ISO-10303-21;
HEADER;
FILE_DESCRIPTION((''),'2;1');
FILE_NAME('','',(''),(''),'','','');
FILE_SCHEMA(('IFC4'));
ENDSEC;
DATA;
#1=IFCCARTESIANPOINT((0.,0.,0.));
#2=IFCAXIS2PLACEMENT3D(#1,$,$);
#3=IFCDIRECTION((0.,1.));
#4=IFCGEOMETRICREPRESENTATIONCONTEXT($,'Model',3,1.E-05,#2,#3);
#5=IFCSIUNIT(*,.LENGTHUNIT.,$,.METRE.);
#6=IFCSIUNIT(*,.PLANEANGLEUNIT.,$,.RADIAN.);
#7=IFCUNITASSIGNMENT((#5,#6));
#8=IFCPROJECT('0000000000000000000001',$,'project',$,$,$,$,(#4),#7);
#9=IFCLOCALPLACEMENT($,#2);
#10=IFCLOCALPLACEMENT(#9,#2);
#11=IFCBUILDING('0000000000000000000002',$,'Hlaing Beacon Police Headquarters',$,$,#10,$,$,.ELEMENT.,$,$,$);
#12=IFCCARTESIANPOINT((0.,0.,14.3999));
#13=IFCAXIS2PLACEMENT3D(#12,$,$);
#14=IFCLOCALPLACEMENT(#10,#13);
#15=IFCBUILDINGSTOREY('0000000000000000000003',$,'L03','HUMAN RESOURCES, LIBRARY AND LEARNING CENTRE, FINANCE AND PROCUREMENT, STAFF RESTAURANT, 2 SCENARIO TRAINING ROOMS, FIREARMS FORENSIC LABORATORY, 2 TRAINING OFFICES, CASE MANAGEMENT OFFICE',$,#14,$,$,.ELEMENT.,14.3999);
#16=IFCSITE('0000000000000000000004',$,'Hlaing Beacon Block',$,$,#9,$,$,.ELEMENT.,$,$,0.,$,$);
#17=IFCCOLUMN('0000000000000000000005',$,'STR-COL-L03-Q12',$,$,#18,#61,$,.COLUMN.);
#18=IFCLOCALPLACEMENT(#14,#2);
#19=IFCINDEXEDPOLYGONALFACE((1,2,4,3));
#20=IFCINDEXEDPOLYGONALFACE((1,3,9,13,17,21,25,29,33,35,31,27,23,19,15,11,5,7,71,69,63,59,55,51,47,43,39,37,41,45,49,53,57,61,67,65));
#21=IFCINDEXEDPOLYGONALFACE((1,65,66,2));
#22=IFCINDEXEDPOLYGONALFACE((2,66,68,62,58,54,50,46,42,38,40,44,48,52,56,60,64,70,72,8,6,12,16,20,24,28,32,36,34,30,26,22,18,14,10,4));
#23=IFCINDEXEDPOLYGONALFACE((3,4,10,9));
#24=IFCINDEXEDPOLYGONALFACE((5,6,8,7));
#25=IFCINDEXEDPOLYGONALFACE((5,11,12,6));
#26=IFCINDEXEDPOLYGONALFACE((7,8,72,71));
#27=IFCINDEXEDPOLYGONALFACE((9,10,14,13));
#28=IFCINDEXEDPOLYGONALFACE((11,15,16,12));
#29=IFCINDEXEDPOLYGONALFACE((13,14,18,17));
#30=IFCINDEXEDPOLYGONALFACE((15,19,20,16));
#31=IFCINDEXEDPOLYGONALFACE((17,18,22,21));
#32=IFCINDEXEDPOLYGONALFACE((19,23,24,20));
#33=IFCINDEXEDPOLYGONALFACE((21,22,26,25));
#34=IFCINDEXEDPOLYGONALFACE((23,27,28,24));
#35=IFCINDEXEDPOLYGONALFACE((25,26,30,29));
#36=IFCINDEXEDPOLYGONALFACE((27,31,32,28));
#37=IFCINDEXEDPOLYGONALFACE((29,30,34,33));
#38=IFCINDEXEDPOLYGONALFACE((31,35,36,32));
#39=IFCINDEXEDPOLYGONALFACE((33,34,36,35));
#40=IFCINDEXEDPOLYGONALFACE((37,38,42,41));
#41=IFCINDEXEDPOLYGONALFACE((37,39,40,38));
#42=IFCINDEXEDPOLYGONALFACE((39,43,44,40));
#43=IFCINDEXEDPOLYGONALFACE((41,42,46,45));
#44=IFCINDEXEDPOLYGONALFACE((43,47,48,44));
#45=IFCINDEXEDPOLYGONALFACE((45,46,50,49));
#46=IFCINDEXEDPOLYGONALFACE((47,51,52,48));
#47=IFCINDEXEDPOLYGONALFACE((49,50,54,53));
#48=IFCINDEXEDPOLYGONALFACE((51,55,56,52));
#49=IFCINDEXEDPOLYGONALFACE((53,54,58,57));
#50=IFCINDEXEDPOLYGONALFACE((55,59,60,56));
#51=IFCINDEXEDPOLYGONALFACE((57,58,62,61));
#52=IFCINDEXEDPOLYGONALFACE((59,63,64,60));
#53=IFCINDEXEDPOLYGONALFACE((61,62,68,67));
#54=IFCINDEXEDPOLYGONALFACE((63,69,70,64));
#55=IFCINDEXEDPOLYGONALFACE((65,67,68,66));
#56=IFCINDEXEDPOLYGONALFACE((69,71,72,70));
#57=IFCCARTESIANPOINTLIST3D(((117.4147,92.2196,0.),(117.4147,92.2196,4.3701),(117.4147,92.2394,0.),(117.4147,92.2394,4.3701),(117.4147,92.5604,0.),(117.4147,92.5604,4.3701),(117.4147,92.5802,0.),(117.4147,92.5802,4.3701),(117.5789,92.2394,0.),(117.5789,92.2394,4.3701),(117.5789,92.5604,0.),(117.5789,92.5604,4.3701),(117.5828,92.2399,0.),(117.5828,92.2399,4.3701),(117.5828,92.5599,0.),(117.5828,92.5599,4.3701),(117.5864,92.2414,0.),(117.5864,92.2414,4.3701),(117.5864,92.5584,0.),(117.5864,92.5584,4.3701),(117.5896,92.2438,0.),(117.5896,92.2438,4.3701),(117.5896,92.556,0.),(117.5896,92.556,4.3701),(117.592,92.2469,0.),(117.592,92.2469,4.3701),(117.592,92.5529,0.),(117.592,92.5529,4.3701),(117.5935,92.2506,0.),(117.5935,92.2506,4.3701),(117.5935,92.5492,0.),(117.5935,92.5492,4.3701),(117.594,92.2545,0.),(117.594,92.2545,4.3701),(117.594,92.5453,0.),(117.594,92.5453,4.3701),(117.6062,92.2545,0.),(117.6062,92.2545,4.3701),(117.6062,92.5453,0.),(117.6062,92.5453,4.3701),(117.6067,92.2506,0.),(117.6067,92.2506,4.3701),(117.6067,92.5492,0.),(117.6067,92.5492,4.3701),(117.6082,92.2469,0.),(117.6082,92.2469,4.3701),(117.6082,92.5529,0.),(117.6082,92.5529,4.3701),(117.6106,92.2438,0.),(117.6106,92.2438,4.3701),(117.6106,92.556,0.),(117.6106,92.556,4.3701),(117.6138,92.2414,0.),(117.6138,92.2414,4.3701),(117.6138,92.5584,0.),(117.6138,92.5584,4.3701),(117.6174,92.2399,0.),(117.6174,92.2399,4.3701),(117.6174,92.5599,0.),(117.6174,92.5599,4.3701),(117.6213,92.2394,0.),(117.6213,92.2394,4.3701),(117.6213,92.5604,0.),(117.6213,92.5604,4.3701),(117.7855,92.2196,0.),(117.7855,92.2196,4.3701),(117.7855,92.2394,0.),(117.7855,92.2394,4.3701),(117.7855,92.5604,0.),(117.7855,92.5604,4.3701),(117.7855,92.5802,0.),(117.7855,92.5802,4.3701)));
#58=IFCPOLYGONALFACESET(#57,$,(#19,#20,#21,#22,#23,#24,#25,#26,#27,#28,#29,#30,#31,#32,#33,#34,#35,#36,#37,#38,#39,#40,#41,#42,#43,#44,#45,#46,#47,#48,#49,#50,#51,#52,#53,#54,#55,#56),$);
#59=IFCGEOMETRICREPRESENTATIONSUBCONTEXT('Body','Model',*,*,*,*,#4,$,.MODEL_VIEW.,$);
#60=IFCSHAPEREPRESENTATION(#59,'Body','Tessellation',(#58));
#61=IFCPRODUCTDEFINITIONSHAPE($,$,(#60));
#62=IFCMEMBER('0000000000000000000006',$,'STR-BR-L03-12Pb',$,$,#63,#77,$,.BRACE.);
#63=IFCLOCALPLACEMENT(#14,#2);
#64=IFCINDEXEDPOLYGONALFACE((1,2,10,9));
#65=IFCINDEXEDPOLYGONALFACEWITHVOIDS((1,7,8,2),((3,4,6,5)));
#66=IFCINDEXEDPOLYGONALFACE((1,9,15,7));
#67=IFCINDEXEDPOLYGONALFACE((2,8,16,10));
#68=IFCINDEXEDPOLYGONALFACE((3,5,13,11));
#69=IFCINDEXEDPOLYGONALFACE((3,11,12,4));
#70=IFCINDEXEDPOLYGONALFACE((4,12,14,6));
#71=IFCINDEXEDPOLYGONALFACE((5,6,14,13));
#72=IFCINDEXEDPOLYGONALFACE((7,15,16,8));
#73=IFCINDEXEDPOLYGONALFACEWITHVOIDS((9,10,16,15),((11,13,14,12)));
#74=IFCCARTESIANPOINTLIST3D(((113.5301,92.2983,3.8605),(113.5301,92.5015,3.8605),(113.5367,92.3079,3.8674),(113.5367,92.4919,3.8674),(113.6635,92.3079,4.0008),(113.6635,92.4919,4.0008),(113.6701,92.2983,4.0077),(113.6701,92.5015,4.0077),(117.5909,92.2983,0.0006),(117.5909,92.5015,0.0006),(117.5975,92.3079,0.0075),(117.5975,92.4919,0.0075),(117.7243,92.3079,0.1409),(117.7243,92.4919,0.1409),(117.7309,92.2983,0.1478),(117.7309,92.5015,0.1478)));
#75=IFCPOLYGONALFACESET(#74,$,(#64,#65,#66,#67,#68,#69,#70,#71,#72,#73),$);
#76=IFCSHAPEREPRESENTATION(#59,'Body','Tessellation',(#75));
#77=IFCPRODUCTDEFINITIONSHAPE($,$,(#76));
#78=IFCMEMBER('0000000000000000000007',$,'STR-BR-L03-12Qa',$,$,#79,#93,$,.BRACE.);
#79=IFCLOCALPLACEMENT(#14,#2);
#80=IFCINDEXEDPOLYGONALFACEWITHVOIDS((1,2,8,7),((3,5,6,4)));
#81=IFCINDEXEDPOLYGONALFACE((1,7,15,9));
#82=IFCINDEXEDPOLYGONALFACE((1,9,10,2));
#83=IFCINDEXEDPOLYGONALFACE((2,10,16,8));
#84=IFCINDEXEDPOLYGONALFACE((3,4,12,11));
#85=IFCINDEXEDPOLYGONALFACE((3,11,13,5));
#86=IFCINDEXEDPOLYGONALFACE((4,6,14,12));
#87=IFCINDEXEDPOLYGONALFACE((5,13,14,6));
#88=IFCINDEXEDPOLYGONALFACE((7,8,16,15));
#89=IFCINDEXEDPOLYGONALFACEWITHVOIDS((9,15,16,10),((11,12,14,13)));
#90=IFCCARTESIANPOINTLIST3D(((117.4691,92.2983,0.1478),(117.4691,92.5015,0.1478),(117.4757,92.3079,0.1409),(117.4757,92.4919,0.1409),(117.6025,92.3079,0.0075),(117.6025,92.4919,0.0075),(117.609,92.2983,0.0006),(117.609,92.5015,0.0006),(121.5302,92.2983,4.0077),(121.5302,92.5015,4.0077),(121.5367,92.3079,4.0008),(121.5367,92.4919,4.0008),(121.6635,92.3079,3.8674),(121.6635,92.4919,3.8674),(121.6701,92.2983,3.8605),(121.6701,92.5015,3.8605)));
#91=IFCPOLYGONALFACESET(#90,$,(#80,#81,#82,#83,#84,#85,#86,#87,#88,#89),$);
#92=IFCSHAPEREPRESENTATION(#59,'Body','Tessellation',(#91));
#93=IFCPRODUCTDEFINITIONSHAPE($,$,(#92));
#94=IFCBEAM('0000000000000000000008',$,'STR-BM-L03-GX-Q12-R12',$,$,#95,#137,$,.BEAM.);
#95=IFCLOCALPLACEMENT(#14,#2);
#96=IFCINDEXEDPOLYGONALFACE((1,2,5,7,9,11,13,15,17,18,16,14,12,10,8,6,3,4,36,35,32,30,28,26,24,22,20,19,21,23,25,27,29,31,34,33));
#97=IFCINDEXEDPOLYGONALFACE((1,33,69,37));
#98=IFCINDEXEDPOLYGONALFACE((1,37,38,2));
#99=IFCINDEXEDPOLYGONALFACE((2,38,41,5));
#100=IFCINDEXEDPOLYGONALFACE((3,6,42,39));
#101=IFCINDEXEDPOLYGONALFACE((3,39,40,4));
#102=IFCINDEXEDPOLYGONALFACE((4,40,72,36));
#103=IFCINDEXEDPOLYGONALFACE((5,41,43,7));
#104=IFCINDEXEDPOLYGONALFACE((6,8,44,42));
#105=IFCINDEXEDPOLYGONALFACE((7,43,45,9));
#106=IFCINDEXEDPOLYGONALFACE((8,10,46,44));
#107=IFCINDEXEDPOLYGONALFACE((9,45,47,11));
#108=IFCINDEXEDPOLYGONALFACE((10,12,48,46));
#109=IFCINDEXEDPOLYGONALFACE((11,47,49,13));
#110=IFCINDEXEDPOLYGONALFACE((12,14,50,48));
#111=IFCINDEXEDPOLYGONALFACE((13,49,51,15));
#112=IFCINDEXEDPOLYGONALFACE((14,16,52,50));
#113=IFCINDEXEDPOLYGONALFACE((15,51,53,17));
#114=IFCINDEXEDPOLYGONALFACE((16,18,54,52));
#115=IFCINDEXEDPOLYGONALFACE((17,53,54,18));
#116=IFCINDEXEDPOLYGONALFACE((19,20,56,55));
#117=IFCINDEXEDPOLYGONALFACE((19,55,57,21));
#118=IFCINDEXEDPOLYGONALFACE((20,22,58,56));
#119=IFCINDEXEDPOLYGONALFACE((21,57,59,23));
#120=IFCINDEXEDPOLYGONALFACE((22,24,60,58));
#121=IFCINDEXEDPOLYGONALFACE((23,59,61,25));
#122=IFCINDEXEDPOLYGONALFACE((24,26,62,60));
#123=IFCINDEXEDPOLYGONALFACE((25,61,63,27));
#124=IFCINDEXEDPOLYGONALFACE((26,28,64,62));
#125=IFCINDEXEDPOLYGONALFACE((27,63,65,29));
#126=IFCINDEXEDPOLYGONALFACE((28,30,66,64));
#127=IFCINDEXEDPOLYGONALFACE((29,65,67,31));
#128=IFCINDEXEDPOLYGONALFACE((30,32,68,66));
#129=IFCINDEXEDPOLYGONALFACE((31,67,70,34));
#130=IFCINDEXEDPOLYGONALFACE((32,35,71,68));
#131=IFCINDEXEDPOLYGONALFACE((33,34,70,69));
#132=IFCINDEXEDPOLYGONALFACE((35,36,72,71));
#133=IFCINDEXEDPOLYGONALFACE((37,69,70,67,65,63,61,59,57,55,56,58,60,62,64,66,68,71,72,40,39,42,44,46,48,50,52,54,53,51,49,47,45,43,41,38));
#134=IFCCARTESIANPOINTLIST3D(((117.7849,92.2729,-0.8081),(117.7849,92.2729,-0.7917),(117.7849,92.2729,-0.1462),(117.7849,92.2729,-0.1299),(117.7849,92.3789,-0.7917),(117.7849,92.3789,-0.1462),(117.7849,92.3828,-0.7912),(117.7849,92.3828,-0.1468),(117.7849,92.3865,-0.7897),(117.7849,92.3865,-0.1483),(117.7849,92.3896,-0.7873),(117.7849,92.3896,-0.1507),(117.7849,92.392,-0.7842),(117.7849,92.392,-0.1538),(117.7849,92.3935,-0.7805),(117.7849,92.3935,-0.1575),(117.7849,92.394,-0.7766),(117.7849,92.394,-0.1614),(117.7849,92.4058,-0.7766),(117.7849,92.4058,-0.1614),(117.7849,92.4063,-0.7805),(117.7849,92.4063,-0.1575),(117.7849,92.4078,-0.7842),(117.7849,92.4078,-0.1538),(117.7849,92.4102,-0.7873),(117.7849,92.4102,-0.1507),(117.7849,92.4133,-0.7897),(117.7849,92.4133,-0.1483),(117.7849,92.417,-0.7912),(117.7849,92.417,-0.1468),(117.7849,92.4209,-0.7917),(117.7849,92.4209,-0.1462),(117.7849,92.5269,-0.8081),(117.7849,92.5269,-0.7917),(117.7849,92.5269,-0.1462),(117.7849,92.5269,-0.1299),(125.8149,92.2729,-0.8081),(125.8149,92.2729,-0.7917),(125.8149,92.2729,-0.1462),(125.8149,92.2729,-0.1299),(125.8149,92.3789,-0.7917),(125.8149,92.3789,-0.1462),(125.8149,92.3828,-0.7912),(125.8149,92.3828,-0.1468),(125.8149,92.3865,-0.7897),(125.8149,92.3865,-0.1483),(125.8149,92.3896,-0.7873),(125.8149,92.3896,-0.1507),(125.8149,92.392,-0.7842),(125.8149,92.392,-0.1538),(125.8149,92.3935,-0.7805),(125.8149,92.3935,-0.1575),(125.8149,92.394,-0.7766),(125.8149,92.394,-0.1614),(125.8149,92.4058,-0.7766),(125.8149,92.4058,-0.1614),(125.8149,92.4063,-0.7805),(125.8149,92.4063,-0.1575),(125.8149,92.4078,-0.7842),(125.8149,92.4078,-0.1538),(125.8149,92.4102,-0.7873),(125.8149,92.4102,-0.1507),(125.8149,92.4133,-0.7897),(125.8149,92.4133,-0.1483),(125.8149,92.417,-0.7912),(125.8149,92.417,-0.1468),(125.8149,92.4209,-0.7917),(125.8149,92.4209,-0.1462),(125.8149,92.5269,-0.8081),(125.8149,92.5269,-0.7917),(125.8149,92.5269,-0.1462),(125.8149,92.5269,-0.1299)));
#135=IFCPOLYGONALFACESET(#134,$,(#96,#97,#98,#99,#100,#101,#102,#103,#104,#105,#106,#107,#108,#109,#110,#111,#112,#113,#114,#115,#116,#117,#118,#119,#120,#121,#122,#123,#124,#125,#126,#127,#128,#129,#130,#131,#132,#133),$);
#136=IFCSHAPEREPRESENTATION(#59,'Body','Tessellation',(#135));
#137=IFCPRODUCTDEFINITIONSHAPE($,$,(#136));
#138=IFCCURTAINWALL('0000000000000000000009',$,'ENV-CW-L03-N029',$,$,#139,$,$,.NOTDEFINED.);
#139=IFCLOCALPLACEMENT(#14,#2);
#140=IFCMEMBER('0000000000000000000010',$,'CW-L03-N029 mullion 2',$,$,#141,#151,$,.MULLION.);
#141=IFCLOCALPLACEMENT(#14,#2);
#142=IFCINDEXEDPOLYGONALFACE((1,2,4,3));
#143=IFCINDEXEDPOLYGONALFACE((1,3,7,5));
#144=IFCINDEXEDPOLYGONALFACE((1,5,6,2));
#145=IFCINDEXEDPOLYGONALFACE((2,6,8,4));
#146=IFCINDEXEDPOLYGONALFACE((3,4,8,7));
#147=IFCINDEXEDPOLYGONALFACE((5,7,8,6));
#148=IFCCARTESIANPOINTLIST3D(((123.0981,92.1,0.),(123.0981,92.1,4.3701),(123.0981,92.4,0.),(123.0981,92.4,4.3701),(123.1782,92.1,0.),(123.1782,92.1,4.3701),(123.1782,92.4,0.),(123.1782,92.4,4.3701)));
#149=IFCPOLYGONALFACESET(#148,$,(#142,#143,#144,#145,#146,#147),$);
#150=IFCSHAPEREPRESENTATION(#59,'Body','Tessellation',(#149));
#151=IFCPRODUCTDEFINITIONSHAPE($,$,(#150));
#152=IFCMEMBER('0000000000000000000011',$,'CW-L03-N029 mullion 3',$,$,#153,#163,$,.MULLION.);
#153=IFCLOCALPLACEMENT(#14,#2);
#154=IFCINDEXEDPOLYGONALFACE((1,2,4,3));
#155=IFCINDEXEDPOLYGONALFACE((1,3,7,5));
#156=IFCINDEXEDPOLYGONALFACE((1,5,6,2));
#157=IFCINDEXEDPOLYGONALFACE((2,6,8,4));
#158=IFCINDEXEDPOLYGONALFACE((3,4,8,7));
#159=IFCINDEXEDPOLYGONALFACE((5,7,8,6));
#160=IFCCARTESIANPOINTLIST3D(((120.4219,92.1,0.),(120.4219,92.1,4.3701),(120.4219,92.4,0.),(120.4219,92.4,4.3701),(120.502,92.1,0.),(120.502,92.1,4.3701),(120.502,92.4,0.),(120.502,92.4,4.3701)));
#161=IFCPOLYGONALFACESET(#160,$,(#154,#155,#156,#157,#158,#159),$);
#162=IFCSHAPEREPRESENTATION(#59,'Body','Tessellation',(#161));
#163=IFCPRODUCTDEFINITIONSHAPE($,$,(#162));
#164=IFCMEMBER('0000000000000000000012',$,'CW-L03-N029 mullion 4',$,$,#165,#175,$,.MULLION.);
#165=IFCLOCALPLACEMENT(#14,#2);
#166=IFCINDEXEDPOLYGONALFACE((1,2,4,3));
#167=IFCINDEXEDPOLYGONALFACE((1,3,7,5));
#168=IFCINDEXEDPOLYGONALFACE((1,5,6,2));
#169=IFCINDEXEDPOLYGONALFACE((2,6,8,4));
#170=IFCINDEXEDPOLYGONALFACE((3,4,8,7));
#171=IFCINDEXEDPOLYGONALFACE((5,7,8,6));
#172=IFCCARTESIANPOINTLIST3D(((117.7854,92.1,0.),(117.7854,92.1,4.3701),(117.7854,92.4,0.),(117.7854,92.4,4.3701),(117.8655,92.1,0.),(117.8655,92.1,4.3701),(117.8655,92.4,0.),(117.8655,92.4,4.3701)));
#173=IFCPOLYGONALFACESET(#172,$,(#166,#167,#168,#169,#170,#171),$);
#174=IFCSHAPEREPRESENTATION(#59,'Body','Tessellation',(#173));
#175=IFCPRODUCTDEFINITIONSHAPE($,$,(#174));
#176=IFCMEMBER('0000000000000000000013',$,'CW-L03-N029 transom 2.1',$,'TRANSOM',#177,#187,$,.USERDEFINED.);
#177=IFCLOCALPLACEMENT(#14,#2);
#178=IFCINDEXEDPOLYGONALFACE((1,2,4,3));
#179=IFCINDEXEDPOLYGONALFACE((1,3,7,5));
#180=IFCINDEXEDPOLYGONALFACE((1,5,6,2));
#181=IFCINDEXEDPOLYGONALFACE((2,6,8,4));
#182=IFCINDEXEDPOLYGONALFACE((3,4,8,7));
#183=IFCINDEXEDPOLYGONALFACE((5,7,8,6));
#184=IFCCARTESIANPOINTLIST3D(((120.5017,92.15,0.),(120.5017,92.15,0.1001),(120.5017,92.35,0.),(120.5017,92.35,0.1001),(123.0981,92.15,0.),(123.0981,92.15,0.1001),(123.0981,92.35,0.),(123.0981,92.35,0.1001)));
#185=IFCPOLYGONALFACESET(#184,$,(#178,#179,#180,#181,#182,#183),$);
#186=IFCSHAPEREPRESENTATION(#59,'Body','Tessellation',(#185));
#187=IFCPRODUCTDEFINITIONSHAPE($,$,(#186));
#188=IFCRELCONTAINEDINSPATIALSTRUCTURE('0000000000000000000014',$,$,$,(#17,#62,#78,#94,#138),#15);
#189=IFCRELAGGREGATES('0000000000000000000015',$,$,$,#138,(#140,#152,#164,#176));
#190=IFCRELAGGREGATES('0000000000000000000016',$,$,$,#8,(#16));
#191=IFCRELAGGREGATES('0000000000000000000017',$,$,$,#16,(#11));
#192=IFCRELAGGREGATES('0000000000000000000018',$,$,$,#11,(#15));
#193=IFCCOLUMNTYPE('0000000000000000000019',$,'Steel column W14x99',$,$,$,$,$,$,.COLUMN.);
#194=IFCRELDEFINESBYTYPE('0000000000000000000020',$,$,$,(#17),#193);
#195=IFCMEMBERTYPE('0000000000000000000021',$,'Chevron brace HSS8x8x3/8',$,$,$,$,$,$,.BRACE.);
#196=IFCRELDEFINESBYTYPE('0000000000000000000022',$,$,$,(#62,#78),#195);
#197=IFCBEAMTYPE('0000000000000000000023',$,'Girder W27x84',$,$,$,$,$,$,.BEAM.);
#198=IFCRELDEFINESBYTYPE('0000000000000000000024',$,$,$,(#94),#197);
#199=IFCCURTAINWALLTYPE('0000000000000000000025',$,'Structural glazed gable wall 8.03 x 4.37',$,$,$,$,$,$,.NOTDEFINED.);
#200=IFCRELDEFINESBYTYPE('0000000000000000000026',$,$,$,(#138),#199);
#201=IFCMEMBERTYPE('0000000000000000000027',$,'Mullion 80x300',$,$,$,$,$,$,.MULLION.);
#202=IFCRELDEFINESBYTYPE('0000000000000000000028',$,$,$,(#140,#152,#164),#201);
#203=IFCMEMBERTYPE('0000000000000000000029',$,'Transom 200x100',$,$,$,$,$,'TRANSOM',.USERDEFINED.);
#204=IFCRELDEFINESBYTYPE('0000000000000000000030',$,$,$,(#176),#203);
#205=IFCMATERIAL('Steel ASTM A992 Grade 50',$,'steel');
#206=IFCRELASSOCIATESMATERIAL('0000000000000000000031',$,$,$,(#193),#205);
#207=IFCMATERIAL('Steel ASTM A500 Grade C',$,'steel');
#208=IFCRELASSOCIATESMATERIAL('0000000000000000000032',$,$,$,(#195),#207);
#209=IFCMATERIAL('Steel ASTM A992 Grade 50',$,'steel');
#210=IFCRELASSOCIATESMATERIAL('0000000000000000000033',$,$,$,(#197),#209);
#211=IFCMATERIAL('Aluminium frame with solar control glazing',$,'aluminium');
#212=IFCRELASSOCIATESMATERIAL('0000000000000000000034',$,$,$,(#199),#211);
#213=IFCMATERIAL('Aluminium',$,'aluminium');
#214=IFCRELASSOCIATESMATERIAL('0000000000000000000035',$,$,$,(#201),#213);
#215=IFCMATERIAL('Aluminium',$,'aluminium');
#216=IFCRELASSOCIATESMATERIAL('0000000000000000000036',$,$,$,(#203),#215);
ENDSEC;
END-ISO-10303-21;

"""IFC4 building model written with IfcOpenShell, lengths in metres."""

from ifc_helpers import new_model, si_unit, direction, frame, origin, origin_2d, place, context, subcontext, project, spatial, rectangle, hollow_rectangle, i_section, extrude, material, material_profile, profile_set, type_object, element, aggregate, save


model = new_model("IFC4")

# Units and contexts
model_context = context("Model", 3, precision=1e-05, world=origin(), true_north=direction((0.0, 1.0)))
body_context = subcontext(model_context, "Body", "Model", "MODEL_VIEW")
ifc_project = project(units=[si_unit("LENGTHUNIT", "METRE"), si_unit("PLANEANGLEUNIT", "RADIAN")], contexts=[model_context])

# Site, building, storey
site_placement = place(None, origin())
site = spatial("IfcSite", under=ifc_project, at=site_placement, Name="Hlaing Beacon Block", CompositionType="ELEMENT", RefElevation=0.0)
building_placement = place(site_placement, origin())
building = spatial("IfcBuilding", under=site, at=building_placement, Name="Hlaing Beacon Police Headquarters", CompositionType="ELEMENT")
storey_placement = place(building_placement, frame((0.0, 0.0, 14.3999)))
storey = spatial("IfcBuildingStorey", under=building, at=storey_placement, Name="L03", Description="HUMAN RESOURCES, LIBRARY AND LEARNING CENTRE, FINANCE AND PROCUREMENT, STAFF RESTAURANT, 2 SCENARIO TRAINING ROOMS, FIREARMS FORENSIC LABORATORY, 2 TRAINING OFFICES, CASE MANAGEMENT OFFICE", CompositionType="ELEMENT", Elevation=14.3999)

# Column
ifc_material_1 = material(Name="Steel ASTM A992 Grade 50", Category="steel")
ifc_material_profile_1 = material_profile(ifc_material_1, i_section(OverallWidth=0.3708, OverallDepth=0.3606, WebThickness=0.0122, FlangeThickness=0.0198, FilletRadius=0.0151, at=origin_2d()), Name="W14x99")
ifc_profile_set_1 = profile_set([ifc_material_profile_1], Name="Steel ASTM A992 Grade 50")
column_type = type_object("IfcColumnType", Name="Steel column W14x99", PredefinedType="COLUMN", material=ifc_profile_set_1)
column_placement = place(storey_placement, frame((117.6001, 92.3999, 0.0), z_axis=(0.0, 0.0, 1.0), x_axis=(1.0, 0.0, 0.0)))
element("IfcColumn", 1, at=column_placement, inside=storey, type_object=column_type, Name="STR-COL-L03-Q12", PredefinedType="COLUMN", context=body_context, shape_type="SweptSolid", body=[
    extrude(i_section(OverallWidth=0.3708, OverallDepth=0.3606, WebThickness=0.0122, FlangeThickness=0.0198, FilletRadius=0.0151, at=origin_2d()), origin(), (0.0, 0.0, 1.0), 4.3701),
])

# Members
ifc_material_2 = material(Name="Steel ASTM A500 Grade C", Category="steel")
ifc_material_profile_2 = material_profile(ifc_material_2, hollow_rectangle(XDim=0.2031, YDim=0.2031, WallThickness=0.0095, at=origin_2d()), Name="HSS8x8x3/8")
ifc_profile_set_2 = profile_set([ifc_material_profile_2], Name="Steel ASTM A500 Grade C")
member_type_1 = type_object("IfcMemberType", Name="Chevron brace HSS8x8x3/8", PredefinedType="BRACE", material=ifc_profile_set_2)
member_1_placement = place(storey_placement, frame((117.6609, 92.3999, 0.0742), z_axis=(-0.724811, 0.0, 0.688948), x_axis=(0.0, -1.0, 0.0)))
element("IfcMember", 2, at=member_1_placement, inside=storey, type_object=member_type_1, Name="STR-BR-L03-12Pb", PredefinedType="BRACE", context=body_context, shape_type="SweptSolid", body=[
    extrude(hollow_rectangle(XDim=0.2031, YDim=0.2031, WallThickness=0.0095, at=origin_2d()), origin(), (0.0, 0.0, 1.0), 5.6025),
])
member_2_placement = place(storey_placement, frame((117.5391, 92.3999, 0.0742), z_axis=(0.724832, 0.0, 0.688926), x_axis=(0.0, 1.0, 0.0)))
element("IfcMember", 3, at=member_2_placement, inside=storey, type_object=member_type_1, Name="STR-BR-L03-12Qa", PredefinedType="BRACE", context=body_context, shape_type="SweptSolid", body=[
    extrude(hollow_rectangle(XDim=0.2031, YDim=0.2031, WallThickness=0.0095, at=origin_2d()), origin(), (0.0, 0.0, 1.0), 5.6028),
])

# Beam
ifc_material_3 = material(Name="Steel ASTM A992 Grade 50", Category="steel")
ifc_material_profile_3 = material_profile(ifc_material_3, i_section(OverallWidth=0.2539, OverallDepth=0.6782, WebThickness=0.0117, FlangeThickness=0.0164, FilletRadius=0.0151, at=origin_2d()), Name="W27x84")
ifc_profile_set_3 = profile_set([ifc_material_profile_3], Name="Steel ASTM A992 Grade 50")
beam_type = type_object("IfcBeamType", Name="Girder W27x84", PredefinedType="BEAM", material=ifc_profile_set_3)
beam_placement = place(storey_placement, frame((117.7849, 92.3999, -0.469), z_axis=(1.0, 0.0, 0.0), x_axis=(0.0, 1.0, 0.0)))
element("IfcBeam", 4, at=beam_placement, inside=storey, type_object=beam_type, Name="STR-BM-L03-GX-Q12-R12", PredefinedType="BEAM", context=body_context, shape_type="SweptSolid", body=[
    extrude(i_section(OverallWidth=0.2539, OverallDepth=0.6782, WebThickness=0.0117, FlangeThickness=0.0164, FilletRadius=0.0151, at=origin_2d()), origin(), (0.0, 0.0, 1.0), 8.03),
])

# Curtain wall, members
ifc_material_4 = material(Name="Aluminium frame with solar control glazing", Category="aluminium")
curtain_wall_type = type_object("IfcCurtainWallType", Name="Structural glazed gable wall 8.03 x 4.37", PredefinedType="NOTDEFINED", material=ifc_material_4)
curtain_wall_placement = place(storey_placement, origin())
curtain_wall = element("IfcCurtainWall", 5, at=curtain_wall_placement, inside=storey, type_object=curtain_wall_type, Name="ENV-CW-L03-N029", PredefinedType="NOTDEFINED")
ifc_material_5 = material(Name="Aluminium", Category="aluminium")
ifc_material_profile_4 = material_profile(ifc_material_5, rectangle(XDim=0.3, YDim=0.0801, at=origin_2d()), Name="Mullion 80x300")
ifc_profile_set_4 = profile_set([ifc_material_profile_4], Name="Aluminium")
member_type_2 = type_object("IfcMemberType", Name="Mullion 80x300", PredefinedType="MULLION", material=ifc_profile_set_4)
member_3_placement = place(storey_placement, frame((123.1382, 92.25, 0.0), z_axis=(0.0, 0.0, 1.0), x_axis=(0.0, -1.0, 0.0)))
member_3 = element("IfcMember", 6, at=member_3_placement, type_object=member_type_2, Name="CW-L03-N029 mullion 2", PredefinedType="MULLION", context=body_context, shape_type="SweptSolid", body=[
    extrude(rectangle(XDim=0.3, YDim=0.0801, at=origin_2d()), origin(), (0.0, 0.0, 1.0), 4.3701),
])
member_4_placement = place(storey_placement, frame((120.4619, 92.25, 0.0), z_axis=(0.0, 0.0, 1.0), x_axis=(0.0, -1.0, 0.0)))
member_4 = element("IfcMember", 7, at=member_4_placement, type_object=member_type_2, Name="CW-L03-N029 mullion 3", PredefinedType="MULLION", context=body_context, shape_type="SweptSolid", body=[
    extrude(rectangle(XDim=0.3, YDim=0.0801, at=origin_2d()), origin(), (0.0, 0.0, 1.0), 4.3701),
])
member_5_placement = place(storey_placement, frame((117.8254, 92.25, 0.0), z_axis=(0.0, 0.0, 1.0), x_axis=(0.0, -1.0, 0.0)))
member_5 = element("IfcMember", 8, at=member_5_placement, type_object=member_type_2, Name="CW-L03-N029 mullion 4", PredefinedType="MULLION", context=body_context, shape_type="SweptSolid", body=[
    extrude(rectangle(XDim=0.3, YDim=0.0801, at=origin_2d()), origin(), (0.0, 0.0, 1.0), 4.3701),
])
ifc_material_6 = material(Name="Aluminium", Category="aluminium")
ifc_material_profile_5 = material_profile(ifc_material_6, rectangle(XDim=0.2, YDim=0.1001, at=origin_2d()), Name="Transom 200x100")
ifc_profile_set_5 = profile_set([ifc_material_profile_5], Name="Aluminium")
member_type_3 = type_object("IfcMemberType", Name="Transom 200x100", ElementType="TRANSOM", PredefinedType="USERDEFINED", material=ifc_profile_set_5)
member_6_placement = place(storey_placement, frame((123.0981, 92.25, 0.05), z_axis=(-1.0, 0.0, 0.0), x_axis=(0.0, -1.0, 0.0)))
member_6 = element("IfcMember", 9, at=member_6_placement, type_object=member_type_3, Name="CW-L03-N029 transom 2.1", ObjectType="TRANSOM", PredefinedType="USERDEFINED", context=body_context, shape_type="SweptSolid", body=[
    extrude(rectangle(XDim=0.2, YDim=0.1001, at=origin_2d()), origin(), (0.0, 0.0, 1.0), 2.5964),
])
aggregate(curtain_wall, [member_3, member_4, member_5, member_6])

save(model, "model.ifc")
